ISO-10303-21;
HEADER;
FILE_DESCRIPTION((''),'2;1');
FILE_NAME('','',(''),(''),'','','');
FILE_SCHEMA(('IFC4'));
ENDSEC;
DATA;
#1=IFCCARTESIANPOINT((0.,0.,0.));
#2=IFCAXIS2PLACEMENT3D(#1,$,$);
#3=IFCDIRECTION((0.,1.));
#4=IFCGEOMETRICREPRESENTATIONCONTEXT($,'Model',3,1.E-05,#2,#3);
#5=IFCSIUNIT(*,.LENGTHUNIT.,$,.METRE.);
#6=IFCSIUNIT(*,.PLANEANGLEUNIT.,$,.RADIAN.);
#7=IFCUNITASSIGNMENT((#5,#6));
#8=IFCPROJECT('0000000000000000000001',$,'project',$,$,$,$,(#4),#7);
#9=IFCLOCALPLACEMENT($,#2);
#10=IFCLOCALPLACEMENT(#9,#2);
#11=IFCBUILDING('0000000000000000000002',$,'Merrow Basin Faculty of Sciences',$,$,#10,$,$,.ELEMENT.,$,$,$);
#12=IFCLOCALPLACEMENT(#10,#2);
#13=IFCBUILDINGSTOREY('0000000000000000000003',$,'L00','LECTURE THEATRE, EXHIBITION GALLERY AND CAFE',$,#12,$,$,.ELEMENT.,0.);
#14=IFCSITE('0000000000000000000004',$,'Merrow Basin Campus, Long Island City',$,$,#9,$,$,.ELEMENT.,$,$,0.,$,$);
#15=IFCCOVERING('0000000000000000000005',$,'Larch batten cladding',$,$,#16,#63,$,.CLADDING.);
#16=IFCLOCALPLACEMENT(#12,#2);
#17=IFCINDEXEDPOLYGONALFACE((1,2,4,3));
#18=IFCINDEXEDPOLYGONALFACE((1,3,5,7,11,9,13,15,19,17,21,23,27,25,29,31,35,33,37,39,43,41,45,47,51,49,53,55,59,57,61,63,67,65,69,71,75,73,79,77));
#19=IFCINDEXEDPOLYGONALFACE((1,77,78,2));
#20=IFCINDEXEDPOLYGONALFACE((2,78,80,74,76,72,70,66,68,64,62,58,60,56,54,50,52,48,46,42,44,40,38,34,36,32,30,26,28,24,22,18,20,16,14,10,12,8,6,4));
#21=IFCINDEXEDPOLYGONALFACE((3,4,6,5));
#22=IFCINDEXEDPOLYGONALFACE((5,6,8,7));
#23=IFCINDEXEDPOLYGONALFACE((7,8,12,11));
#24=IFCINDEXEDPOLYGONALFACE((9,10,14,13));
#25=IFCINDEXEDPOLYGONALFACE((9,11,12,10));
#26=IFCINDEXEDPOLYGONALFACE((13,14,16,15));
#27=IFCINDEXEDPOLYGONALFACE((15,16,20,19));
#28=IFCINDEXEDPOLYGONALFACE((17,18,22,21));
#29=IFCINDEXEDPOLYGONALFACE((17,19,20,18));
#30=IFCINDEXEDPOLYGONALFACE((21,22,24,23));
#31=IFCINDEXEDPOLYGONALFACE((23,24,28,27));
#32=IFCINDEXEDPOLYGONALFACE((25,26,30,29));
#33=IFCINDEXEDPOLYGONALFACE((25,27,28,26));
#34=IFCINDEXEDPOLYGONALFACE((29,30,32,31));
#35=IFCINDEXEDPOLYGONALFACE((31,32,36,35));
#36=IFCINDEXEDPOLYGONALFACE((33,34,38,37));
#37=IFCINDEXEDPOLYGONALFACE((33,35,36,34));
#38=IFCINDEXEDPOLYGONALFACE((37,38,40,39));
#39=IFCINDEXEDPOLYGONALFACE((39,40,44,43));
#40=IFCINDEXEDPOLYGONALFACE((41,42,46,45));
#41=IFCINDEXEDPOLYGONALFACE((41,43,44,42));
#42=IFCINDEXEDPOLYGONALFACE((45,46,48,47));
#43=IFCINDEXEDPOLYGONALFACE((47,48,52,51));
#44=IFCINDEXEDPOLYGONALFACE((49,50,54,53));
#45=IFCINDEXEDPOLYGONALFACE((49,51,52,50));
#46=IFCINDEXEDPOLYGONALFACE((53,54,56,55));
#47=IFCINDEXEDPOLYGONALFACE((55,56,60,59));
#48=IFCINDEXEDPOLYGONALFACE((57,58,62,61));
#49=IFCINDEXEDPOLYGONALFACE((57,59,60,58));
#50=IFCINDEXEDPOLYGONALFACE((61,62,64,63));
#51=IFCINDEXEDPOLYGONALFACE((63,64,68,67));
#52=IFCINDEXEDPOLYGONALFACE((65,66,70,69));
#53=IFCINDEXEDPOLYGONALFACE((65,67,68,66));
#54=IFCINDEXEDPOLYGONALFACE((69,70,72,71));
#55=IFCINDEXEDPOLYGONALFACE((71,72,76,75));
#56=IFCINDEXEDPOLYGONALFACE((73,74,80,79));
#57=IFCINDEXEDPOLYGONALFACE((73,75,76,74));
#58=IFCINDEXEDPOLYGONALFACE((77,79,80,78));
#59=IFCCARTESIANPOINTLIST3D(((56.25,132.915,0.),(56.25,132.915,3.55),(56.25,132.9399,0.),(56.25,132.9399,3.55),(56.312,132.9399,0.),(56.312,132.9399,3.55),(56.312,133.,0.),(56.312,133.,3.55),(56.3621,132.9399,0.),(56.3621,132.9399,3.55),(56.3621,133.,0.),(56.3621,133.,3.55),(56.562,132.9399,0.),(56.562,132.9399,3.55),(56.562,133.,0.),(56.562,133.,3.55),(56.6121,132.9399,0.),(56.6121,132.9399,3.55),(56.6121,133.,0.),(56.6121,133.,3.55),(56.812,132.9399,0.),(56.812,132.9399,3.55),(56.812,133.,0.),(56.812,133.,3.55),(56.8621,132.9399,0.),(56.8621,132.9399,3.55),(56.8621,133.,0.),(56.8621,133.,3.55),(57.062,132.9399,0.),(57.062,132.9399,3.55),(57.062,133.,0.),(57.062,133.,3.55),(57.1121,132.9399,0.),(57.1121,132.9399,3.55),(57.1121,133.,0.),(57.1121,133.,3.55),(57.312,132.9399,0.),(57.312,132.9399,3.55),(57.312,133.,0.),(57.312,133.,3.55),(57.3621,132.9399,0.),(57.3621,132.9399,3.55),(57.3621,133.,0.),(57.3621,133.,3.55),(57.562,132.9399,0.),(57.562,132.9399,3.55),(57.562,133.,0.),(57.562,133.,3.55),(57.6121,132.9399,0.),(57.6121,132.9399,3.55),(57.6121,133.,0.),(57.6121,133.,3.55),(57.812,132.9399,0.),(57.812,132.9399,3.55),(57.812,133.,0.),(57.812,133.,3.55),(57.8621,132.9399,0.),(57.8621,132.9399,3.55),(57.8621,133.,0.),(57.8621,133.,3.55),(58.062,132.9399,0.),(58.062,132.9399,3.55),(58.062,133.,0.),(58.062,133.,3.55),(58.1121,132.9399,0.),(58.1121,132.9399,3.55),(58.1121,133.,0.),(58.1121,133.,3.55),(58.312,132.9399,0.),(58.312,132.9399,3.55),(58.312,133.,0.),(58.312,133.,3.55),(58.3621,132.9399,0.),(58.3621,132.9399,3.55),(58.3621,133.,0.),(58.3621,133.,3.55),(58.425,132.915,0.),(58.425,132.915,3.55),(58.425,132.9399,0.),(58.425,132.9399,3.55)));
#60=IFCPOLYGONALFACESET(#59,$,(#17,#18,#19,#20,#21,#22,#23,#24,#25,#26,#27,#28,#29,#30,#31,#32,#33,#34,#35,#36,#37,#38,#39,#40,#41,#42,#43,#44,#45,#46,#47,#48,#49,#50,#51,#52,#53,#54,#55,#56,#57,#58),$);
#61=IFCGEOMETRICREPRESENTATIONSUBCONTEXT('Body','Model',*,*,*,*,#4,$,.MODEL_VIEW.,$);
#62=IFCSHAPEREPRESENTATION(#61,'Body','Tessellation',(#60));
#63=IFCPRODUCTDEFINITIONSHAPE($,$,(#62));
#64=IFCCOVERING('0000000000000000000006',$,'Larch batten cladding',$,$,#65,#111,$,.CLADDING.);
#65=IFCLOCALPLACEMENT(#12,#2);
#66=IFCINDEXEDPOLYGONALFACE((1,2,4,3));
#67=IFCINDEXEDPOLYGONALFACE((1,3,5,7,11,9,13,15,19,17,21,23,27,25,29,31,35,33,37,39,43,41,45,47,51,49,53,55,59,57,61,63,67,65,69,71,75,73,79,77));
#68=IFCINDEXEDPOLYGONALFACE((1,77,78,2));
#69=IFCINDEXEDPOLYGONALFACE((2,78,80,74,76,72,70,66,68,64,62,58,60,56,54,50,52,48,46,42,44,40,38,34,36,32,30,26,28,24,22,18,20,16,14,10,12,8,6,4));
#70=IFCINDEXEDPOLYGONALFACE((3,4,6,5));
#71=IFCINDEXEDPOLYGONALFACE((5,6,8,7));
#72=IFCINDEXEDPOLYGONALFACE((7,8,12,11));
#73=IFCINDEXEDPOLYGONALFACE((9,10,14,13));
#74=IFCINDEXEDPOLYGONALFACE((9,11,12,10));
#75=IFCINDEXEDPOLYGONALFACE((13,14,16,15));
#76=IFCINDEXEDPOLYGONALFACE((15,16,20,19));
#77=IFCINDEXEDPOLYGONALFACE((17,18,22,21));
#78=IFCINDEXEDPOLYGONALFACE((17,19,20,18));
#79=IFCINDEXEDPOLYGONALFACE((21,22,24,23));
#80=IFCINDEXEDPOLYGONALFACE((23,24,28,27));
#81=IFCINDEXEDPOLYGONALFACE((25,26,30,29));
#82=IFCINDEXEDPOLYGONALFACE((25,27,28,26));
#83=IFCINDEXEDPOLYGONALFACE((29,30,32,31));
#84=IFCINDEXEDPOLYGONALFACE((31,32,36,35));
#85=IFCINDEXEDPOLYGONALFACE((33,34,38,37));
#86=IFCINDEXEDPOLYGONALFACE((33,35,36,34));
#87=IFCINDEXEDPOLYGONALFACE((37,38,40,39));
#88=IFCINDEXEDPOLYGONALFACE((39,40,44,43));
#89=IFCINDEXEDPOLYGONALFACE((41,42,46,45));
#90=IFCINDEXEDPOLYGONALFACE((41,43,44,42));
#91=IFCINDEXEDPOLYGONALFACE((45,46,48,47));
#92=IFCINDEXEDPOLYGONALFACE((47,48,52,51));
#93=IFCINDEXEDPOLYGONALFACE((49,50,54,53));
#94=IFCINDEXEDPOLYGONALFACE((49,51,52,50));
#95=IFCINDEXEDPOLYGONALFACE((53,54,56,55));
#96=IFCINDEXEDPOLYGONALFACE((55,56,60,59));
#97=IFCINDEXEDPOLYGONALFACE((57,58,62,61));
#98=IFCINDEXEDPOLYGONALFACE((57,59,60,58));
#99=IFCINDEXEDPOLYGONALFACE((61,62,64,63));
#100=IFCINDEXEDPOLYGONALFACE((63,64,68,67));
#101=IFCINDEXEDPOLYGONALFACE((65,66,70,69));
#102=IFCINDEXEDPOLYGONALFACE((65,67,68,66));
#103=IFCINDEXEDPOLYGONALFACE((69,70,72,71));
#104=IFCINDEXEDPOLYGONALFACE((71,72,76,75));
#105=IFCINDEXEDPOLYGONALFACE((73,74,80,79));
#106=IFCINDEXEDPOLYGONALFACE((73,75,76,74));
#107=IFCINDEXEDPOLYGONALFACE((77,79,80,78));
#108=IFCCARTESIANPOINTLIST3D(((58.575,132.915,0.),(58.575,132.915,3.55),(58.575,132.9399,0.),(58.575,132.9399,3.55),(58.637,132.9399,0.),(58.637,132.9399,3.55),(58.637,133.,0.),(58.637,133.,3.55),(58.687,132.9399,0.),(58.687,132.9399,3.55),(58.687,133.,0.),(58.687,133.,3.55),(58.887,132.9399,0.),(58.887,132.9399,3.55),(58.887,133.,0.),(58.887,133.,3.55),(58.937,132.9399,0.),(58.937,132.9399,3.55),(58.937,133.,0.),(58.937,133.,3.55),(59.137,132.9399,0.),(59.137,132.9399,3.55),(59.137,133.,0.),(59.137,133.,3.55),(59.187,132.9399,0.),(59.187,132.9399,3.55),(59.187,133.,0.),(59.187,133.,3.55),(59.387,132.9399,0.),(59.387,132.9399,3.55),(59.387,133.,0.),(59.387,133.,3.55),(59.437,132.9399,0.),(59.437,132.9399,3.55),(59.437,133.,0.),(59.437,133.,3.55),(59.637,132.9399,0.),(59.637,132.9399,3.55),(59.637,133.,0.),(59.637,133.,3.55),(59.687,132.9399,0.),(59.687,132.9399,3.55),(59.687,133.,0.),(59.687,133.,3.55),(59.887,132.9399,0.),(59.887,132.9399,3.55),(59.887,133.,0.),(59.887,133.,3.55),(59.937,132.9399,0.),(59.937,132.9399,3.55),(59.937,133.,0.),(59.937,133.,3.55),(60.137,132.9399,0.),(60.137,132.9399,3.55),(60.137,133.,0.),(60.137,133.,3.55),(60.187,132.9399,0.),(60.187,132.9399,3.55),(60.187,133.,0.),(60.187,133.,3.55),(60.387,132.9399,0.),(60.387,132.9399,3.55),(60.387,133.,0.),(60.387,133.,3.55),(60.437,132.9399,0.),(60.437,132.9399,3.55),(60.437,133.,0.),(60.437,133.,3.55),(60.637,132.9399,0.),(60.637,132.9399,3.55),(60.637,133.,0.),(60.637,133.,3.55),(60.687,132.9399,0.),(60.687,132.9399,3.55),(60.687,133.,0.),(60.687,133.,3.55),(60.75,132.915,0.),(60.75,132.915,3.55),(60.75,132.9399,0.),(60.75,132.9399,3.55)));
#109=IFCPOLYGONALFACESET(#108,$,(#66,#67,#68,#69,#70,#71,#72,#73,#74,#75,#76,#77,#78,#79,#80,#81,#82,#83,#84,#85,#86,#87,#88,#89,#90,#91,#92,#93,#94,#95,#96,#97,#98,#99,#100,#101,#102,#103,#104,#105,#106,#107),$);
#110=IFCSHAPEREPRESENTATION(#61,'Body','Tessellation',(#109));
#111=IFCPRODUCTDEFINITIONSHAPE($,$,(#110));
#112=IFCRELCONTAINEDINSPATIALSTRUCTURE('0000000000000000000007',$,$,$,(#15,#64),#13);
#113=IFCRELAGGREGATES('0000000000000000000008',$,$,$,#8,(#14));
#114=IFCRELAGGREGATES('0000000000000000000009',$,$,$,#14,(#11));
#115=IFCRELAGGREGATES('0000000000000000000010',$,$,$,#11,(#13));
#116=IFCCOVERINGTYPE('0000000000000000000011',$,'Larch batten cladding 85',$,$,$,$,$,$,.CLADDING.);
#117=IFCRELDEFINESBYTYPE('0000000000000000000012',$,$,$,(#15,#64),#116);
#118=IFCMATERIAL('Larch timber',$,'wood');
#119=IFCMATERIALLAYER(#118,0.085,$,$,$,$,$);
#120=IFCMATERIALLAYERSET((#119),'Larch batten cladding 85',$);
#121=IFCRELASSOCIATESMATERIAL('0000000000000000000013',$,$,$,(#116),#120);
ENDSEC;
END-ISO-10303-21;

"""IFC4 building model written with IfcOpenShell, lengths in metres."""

from ifc_helpers import new_model, si_unit, direction, frame, origin, place, context, subcontext, project, spatial, polyline, outline, extrude, source, transform, mapped, material, layer, layer_set, type_object, element, save


model = new_model("IFC4")

# Units and contexts
model_context = context("Model", 3, precision=1e-05, world=origin(), true_north=direction((0.0, 1.0)))
body_context = subcontext(model_context, "Body", "Model", "MODEL_VIEW")
ifc_project = project(units=[si_unit("LENGTHUNIT", "METRE"), si_unit("PLANEANGLEUNIT", "RADIAN")], contexts=[model_context])

# Site, building, storey
site_placement = place(None, origin())
site = spatial("IfcSite", under=ifc_project, at=site_placement, Name="Merrow Basin Campus, Long Island City", CompositionType="ELEMENT", RefElevation=0.0)
building_placement = place(site_placement, origin())
building = spatial("IfcBuilding", under=site, at=building_placement, Name="Merrow Basin Faculty of Sciences", CompositionType="ELEMENT")
storey_placement = place(building_placement, origin())
storey = spatial("IfcBuildingStorey", under=building, at=storey_placement, Name="L00", Description="LECTURE THEATRE, EXHIBITION GALLERY AND CAFE", CompositionType="ELEMENT", Elevation=0.0)

# Coverings
ifc_material_1 = material(Name="Larch timber", Category="wood")
ifc_layer_1 = layer(ifc_material_1, 0.085)
ifc_layer_set_1 = layer_set([ifc_layer_1], Name="Larch batten cladding 85")
covering_type = type_object("IfcCoveringType", Name="Larch batten cladding 85", PredefinedType="CLADDING", material=ifc_layer_set_1)
shared_shape_1 = source(origin(), body_context, "Body", "SweptSolid", [
    extrude(outline(polyline([(0.0, 0.0), (2.175, 0.0), (2.175, 0.0249), (2.1121, 0.0249), (2.1121, 0.085), (2.062, 0.085), (2.062, 0.0249), (1.8621, 0.0249), (1.8621, 0.085), (1.812, 0.085), (1.812, 0.0249), (1.6121, 0.0249), (1.6121, 0.085), (1.562, 0.085), (1.562, 0.0249), (1.3621, 0.0249), (1.3621, 0.085), (1.312, 0.085), (1.312, 0.0249), (1.1121, 0.0249), (1.1121, 0.085), (1.062, 0.085), (1.062, 0.0249), (0.8621, 0.0249), (0.8621, 0.085), (0.812, 0.085), (0.812, 0.0249), (0.6121, 0.0249), (0.6121, 0.085), (0.562, 0.085), (0.562, 0.0249), (0.3621, 0.0249), (0.3621, 0.085), (0.312, 0.085), (0.312, 0.0249), (0.1121, 0.0249), (0.1121, 0.085), (0.062, 0.085), (0.062, 0.0249), (0.0, 0.0249), (0.0, 0.0)])), origin(), (0.0, 0.0, 1.0), 3.55),
])
for number, where, z_axis, x_axis, name in (
    (1, (56.25, 132.915, 0.0), (0.0, 0.0, 1.0), (1.0, 0.0, 0.0), "Larch batten cladding"),
    (2, (58.575, 132.915, 0.0), (0.0, 0.0, 1.0), (1.0, 0.0, 0.0), "Larch batten cladding"),
):
    element("IfcCovering", number, at=place(storey_placement, frame(where, z_axis=z_axis, x_axis=x_axis)), inside=storey, type_object=covering_type, Name=name, PredefinedType="CLADDING", context=body_context, shape_type="MappedRepresentation", body=[
        mapped(shared_shape_1, transform((0.0, 0.0, 0.0), scale=1.0)),
    ])

save(model, "model.ifc")
